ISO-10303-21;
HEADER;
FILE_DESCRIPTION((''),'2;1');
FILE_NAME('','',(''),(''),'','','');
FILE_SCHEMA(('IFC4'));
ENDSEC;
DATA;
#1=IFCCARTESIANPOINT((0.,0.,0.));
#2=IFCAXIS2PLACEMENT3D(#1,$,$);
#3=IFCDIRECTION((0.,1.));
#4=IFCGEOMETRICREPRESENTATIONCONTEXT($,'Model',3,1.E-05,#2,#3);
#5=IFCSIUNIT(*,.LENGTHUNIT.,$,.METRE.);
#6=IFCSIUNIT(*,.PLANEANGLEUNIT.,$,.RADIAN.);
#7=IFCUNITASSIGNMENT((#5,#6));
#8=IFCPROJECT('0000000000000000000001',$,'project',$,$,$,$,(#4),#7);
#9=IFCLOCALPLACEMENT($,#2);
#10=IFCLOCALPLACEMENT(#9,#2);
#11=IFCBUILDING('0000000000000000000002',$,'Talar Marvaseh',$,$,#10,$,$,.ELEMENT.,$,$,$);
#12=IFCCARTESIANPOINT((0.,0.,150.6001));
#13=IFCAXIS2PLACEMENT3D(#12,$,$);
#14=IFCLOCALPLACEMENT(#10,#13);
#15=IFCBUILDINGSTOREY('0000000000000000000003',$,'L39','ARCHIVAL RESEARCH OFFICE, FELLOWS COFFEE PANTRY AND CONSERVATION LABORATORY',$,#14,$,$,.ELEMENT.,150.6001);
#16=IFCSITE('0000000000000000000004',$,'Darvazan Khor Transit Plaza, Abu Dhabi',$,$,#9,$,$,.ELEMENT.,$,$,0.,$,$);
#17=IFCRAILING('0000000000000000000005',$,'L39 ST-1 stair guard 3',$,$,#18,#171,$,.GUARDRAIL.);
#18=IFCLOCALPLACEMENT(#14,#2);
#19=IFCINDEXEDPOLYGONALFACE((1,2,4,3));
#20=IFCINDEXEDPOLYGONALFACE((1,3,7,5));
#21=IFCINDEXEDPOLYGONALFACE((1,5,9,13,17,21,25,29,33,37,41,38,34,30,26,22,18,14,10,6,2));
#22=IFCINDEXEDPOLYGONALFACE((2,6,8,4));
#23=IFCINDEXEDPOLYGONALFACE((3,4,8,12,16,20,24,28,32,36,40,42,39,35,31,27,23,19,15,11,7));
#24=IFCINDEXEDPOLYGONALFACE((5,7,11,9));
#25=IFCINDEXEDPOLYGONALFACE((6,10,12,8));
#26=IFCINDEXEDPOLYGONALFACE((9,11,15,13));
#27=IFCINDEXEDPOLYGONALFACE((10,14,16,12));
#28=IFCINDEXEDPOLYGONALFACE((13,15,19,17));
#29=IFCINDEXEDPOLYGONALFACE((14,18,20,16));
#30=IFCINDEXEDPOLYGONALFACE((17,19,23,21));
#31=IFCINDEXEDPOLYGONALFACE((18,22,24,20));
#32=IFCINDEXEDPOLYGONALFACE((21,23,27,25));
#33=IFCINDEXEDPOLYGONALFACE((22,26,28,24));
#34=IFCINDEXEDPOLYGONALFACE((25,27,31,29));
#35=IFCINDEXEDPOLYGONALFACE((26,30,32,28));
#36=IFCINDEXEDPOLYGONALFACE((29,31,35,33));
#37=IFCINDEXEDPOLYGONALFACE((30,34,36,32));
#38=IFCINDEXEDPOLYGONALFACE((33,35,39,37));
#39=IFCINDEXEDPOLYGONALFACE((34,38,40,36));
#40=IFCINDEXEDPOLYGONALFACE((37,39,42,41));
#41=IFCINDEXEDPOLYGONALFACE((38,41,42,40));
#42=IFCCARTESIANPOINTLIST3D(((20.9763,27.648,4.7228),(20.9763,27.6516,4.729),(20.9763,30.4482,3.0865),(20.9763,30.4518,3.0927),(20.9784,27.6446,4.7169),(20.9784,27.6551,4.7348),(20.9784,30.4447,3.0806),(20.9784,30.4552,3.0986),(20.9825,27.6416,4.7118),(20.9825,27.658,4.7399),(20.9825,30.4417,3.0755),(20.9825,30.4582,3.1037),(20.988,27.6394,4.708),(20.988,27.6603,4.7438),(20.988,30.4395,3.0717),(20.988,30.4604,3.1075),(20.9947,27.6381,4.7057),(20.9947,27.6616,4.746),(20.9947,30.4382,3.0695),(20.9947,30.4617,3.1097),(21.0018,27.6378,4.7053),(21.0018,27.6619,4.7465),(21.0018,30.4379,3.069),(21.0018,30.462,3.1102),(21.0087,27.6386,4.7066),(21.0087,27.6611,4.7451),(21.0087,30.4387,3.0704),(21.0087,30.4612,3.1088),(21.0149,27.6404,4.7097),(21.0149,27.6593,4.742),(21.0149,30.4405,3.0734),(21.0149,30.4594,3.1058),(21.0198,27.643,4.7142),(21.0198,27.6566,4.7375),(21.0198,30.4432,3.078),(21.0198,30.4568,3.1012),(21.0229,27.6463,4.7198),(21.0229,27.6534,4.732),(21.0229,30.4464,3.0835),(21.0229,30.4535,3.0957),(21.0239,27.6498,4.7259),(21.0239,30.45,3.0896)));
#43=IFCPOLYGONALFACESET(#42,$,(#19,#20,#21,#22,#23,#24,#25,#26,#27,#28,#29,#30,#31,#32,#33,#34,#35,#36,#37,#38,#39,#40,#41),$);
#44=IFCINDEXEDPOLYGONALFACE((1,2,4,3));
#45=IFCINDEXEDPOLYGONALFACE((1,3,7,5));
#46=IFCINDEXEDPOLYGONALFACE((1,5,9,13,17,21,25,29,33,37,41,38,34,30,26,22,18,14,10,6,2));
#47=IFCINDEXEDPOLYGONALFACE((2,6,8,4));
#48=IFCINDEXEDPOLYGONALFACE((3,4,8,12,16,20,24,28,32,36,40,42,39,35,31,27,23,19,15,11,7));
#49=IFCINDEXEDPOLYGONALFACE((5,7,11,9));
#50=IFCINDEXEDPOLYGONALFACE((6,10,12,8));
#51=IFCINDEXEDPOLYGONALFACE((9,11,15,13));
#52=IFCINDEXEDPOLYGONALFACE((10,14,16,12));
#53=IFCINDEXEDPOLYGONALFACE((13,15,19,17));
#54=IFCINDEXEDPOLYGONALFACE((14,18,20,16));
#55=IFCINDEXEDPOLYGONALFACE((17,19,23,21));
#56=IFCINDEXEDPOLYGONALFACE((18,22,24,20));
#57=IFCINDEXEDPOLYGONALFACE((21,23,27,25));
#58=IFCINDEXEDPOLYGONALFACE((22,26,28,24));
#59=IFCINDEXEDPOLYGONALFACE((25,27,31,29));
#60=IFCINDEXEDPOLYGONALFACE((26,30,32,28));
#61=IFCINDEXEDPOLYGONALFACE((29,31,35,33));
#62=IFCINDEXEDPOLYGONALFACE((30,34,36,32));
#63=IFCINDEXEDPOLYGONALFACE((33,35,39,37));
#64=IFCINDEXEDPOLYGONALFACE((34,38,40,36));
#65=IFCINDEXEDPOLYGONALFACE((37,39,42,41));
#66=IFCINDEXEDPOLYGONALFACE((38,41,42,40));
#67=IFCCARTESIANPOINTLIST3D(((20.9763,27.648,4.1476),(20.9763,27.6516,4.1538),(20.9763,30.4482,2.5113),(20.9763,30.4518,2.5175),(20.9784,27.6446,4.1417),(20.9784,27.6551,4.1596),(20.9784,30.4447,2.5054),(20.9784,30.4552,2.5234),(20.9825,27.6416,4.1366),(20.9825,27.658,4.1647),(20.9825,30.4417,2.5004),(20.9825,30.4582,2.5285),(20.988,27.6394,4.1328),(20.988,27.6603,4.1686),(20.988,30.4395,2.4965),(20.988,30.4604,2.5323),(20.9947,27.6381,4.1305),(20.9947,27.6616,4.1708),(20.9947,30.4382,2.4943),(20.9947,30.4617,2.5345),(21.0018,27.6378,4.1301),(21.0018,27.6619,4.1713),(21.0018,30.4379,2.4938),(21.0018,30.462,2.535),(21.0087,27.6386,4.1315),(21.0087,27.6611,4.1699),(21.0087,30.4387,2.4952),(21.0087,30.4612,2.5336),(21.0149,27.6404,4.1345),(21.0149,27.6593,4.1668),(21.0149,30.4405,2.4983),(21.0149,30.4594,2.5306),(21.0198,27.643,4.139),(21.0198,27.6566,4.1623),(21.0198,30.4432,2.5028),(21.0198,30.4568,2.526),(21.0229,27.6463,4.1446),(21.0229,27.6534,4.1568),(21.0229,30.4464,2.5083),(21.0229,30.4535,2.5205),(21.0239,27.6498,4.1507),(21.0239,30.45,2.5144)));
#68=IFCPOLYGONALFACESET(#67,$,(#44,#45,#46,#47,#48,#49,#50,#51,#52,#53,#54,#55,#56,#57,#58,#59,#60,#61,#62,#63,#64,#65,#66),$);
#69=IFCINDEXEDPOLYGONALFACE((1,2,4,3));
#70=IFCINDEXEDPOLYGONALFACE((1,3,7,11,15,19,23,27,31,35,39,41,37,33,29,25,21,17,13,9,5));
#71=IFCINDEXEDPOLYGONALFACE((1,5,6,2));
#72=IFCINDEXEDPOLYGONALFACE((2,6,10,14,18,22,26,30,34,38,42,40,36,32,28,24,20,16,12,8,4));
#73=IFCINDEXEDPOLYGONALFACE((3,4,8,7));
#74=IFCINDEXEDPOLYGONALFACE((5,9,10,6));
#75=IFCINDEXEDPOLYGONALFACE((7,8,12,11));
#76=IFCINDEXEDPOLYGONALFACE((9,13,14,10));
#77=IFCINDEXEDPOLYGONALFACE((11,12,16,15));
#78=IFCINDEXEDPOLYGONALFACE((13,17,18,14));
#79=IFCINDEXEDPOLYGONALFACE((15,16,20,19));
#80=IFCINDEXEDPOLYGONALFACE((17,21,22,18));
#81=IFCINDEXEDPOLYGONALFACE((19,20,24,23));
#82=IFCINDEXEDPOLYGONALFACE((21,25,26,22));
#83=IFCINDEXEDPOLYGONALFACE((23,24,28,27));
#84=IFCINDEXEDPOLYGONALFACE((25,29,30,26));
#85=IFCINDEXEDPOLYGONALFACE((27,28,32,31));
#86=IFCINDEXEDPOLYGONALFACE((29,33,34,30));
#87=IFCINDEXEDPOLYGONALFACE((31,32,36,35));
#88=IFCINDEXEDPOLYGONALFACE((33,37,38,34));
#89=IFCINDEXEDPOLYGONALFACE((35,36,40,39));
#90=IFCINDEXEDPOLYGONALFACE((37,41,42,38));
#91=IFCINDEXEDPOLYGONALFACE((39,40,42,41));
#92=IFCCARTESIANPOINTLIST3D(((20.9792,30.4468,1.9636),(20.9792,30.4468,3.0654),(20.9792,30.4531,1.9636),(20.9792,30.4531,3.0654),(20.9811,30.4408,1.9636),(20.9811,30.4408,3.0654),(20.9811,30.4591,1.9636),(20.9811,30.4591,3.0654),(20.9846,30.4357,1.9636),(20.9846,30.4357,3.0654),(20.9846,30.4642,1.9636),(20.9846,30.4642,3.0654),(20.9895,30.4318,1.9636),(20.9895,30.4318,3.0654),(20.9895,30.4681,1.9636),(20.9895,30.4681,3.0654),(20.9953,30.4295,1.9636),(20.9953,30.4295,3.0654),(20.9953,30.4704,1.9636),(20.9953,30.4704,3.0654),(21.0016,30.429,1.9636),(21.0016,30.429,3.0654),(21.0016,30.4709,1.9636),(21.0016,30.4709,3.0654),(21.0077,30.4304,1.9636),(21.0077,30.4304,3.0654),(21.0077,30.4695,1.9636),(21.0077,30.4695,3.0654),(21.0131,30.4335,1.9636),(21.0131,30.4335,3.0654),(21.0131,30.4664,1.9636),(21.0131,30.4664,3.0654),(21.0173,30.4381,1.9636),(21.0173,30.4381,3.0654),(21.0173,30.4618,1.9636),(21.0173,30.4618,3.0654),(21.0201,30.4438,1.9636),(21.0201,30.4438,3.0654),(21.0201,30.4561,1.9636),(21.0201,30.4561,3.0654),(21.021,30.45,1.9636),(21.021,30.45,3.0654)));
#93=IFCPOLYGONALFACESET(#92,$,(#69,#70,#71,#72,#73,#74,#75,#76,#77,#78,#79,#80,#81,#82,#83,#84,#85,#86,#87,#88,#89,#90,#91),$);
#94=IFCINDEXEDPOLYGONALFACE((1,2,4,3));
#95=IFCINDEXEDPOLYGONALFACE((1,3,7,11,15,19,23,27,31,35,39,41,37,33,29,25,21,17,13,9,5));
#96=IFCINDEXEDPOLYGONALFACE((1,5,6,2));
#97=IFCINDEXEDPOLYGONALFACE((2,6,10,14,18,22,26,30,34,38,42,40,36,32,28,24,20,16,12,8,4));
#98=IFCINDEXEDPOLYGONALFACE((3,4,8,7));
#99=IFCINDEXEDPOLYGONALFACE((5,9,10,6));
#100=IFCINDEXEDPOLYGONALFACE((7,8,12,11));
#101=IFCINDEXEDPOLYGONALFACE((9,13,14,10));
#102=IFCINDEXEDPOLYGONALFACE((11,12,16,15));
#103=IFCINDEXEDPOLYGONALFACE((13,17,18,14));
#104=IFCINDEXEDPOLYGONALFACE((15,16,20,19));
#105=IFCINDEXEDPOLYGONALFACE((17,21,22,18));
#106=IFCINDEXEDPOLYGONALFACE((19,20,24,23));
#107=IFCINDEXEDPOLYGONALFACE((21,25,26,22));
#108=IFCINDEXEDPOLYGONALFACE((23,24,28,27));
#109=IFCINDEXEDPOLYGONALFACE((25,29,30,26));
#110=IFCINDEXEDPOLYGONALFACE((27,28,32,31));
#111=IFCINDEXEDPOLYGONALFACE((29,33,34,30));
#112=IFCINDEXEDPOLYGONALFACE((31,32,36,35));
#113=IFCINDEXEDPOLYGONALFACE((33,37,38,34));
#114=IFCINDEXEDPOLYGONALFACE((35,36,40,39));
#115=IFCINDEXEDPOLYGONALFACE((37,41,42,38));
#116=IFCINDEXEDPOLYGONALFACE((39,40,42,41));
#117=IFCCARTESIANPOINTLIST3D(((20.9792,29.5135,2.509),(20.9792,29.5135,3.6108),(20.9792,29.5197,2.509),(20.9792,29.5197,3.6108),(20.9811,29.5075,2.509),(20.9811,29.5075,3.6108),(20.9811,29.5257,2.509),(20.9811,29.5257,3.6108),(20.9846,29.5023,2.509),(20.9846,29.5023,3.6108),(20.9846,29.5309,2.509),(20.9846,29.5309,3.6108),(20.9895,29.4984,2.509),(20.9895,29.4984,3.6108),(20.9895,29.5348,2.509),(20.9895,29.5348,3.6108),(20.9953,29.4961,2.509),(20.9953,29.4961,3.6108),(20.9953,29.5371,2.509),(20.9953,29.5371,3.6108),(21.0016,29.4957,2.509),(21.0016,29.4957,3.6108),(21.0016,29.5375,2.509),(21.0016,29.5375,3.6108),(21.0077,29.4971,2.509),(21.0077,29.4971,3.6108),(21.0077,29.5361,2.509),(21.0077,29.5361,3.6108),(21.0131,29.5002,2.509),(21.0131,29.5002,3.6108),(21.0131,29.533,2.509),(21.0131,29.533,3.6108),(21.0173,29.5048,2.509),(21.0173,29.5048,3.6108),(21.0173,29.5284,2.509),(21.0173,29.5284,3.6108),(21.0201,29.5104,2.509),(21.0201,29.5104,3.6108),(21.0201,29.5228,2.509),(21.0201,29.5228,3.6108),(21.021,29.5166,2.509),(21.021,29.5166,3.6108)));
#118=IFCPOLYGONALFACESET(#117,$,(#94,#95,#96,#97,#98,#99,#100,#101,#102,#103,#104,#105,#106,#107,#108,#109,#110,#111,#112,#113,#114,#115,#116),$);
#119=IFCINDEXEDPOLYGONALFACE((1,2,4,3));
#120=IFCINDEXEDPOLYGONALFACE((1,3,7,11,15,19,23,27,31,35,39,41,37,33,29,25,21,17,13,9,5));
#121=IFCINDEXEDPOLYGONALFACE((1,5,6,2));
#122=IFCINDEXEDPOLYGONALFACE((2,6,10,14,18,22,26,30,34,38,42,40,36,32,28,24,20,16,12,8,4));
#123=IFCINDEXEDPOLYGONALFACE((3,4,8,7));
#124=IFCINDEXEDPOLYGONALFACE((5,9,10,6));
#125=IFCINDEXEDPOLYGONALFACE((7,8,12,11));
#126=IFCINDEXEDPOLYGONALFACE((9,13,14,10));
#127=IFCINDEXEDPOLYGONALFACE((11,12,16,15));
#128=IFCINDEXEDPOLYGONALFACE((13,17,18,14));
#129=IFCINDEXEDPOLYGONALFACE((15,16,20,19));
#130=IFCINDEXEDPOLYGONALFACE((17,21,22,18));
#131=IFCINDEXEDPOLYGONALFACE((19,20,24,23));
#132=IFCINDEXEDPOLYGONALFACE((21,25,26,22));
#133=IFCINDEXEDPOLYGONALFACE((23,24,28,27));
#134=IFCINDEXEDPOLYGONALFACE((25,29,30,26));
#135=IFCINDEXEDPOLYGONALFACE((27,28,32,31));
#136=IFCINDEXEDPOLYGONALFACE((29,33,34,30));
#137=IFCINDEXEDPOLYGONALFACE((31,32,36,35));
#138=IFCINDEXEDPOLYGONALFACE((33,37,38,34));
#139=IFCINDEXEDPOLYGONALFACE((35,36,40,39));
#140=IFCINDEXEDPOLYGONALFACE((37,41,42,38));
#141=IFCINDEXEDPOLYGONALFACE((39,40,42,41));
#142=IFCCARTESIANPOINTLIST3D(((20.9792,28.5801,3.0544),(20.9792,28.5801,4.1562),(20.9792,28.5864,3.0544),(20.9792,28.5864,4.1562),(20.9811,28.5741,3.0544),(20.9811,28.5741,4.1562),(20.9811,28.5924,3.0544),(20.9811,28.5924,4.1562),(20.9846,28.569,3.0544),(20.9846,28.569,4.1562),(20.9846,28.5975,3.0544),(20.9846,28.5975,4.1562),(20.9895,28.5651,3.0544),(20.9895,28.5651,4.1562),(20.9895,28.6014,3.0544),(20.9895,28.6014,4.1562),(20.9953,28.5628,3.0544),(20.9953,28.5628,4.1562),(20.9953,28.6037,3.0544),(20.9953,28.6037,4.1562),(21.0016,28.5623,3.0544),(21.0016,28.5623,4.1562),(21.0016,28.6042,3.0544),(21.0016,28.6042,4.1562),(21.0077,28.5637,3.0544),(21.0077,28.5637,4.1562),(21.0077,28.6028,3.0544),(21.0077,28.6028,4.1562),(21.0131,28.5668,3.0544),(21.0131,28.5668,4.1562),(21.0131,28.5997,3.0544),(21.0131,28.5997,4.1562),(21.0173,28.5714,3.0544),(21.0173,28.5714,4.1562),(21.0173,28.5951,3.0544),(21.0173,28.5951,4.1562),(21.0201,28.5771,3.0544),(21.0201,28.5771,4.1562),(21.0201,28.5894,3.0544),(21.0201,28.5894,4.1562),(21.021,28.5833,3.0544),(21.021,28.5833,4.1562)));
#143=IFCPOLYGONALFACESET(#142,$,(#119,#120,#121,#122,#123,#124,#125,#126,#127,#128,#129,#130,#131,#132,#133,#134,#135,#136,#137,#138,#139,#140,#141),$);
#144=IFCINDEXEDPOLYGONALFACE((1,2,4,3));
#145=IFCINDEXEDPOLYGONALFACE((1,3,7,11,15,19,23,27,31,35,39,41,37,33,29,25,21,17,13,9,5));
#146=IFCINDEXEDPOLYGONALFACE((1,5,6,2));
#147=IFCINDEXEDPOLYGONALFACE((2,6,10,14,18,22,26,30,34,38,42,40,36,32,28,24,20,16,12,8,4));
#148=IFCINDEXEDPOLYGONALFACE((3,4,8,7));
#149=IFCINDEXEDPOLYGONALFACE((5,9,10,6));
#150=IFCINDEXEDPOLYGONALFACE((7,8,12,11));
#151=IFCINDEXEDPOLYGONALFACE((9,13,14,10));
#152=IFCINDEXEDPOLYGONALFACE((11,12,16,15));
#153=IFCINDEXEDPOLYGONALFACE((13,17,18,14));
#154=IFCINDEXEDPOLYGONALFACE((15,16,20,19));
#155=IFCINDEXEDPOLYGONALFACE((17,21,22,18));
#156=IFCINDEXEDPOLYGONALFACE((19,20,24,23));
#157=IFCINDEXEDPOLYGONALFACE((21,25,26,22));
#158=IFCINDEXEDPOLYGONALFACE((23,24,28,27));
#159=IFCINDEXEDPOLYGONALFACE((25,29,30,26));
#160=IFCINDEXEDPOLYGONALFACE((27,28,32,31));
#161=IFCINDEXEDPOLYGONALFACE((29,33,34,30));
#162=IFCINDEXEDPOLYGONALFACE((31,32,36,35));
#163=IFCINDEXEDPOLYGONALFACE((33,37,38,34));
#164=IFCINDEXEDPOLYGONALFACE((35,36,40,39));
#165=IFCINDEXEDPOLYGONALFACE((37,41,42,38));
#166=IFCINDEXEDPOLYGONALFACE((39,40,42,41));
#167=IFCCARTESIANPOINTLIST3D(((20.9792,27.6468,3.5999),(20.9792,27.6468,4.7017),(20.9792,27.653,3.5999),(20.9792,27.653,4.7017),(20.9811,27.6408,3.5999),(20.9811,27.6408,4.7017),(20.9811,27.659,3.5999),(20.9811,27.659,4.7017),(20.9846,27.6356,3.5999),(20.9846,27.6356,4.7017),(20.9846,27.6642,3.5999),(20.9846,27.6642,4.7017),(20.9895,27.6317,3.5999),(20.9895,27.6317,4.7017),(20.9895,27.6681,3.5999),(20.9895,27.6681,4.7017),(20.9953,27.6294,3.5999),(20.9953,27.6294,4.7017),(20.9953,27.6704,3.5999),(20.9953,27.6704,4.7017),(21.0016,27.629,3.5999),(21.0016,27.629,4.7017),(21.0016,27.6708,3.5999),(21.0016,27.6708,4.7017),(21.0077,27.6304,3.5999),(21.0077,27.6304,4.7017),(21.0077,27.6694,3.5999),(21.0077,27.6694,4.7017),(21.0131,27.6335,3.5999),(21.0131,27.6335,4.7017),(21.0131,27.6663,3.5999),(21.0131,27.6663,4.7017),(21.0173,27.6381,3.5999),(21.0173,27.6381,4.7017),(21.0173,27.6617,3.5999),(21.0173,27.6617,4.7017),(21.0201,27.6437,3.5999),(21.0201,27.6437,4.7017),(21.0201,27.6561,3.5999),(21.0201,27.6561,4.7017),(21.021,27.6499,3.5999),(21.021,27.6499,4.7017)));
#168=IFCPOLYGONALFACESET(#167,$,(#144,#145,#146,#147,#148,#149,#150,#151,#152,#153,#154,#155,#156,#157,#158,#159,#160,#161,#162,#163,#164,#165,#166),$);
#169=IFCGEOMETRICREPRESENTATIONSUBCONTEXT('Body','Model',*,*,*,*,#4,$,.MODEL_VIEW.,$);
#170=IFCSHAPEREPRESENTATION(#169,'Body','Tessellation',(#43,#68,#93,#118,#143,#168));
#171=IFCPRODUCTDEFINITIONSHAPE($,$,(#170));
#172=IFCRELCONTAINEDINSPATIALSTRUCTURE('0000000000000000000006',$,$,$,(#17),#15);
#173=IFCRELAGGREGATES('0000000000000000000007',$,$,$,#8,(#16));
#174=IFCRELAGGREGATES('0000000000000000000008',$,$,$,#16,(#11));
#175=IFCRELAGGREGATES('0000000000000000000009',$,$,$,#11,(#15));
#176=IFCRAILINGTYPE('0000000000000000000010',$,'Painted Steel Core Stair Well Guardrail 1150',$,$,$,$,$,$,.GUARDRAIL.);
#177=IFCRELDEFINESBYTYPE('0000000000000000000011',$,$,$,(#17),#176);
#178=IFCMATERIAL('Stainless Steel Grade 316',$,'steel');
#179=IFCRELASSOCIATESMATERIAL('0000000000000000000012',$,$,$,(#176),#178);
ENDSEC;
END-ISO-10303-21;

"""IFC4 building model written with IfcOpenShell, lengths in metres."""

from ifc_helpers import new_model, si_unit, direction, frame, origin, origin_2d, place, context, subcontext, project, spatial, circle, extrude, material, type_object, element, save


model = new_model("IFC4")

# Units and contexts
model_context = context("Model", 3, precision=1e-05, world=origin(), true_north=direction((0.0, 1.0)))
body_context = subcontext(model_context, "Body", "Model", "MODEL_VIEW")
ifc_project = project(units=[si_unit("LENGTHUNIT", "METRE"), si_unit("PLANEANGLEUNIT", "RADIAN")], contexts=[model_context])

# Site, building, storey
site_placement = place(None, origin())
site = spatial("IfcSite", under=ifc_project, at=site_placement, Name="Darvazan Khor Transit Plaza, Abu Dhabi", CompositionType="ELEMENT", RefElevation=0.0)
building_placement = place(site_placement, origin())
building = spatial("IfcBuilding", under=site, at=building_placement, Name="Talar Marvaseh", CompositionType="ELEMENT")
storey_placement = place(building_placement, frame((0.0, 0.0, 150.6001)))
storey = spatial("IfcBuildingStorey", under=building, at=storey_placement, Name="L39", Description="ARCHIVAL RESEARCH OFFICE, FELLOWS COFFEE PANTRY AND CONSERVATION LABORATORY", CompositionType="ELEMENT", Elevation=150.6001)

# Railing
ifc_material_1 = material(Name="Stainless Steel Grade 316", Category="steel")
railing_type_1 = type_object("IfcRailingType", Name="Painted Steel Core Stair Well Guardrail 1150", PredefinedType="GUARDRAIL", material=ifc_material_1)
railing_1_placement = place(storey_placement, frame((21.0, 30.45, 1.9636)))
element("IfcRailing", 1, at=railing_1_placement, inside=storey, type_object=railing_type_1, Name="L39 ST-1 stair guard 3", PredefinedType="GUARDRAIL", context=body_context, shape_type="SweptSolid", body=[
    extrude(circle(Radius=0.0239, at=origin_2d()), frame((0.0, 0.0, 1.126), z_axis=(0.0, -0.863394, 0.504531), x_axis=(1.0, 0.0, 0.0)), (0.0, 0.0, 1.0), 3.2432),
    extrude(circle(Radius=0.0239, at=origin_2d()), frame((0.0, 0.0, 0.5508), z_axis=(0.0, -0.863394, 0.504531), x_axis=(1.0, 0.0, 0.0)), (0.0, 0.0, 1.0), 3.2432),
    extrude(circle(Radius=0.021, at=origin_2d()), origin(), (0.0, 0.0, 1.0), 1.1018),
    extrude(circle(Radius=0.021, at=origin_2d()), frame((0.0, -0.9333, 0.5454)), (0.0, 0.0, 1.0), 1.1018),
    extrude(circle(Radius=0.021, at=origin_2d()), frame((0.0, -1.8667, 1.0908)), (0.0, 0.0, 1.0), 1.1018),
    extrude(circle(Radius=0.021, at=origin_2d()), frame((0.0, -2.8, 1.6362)), (0.0, 0.0, 1.0), 1.1018),
])

save(model, "model.ifc")
